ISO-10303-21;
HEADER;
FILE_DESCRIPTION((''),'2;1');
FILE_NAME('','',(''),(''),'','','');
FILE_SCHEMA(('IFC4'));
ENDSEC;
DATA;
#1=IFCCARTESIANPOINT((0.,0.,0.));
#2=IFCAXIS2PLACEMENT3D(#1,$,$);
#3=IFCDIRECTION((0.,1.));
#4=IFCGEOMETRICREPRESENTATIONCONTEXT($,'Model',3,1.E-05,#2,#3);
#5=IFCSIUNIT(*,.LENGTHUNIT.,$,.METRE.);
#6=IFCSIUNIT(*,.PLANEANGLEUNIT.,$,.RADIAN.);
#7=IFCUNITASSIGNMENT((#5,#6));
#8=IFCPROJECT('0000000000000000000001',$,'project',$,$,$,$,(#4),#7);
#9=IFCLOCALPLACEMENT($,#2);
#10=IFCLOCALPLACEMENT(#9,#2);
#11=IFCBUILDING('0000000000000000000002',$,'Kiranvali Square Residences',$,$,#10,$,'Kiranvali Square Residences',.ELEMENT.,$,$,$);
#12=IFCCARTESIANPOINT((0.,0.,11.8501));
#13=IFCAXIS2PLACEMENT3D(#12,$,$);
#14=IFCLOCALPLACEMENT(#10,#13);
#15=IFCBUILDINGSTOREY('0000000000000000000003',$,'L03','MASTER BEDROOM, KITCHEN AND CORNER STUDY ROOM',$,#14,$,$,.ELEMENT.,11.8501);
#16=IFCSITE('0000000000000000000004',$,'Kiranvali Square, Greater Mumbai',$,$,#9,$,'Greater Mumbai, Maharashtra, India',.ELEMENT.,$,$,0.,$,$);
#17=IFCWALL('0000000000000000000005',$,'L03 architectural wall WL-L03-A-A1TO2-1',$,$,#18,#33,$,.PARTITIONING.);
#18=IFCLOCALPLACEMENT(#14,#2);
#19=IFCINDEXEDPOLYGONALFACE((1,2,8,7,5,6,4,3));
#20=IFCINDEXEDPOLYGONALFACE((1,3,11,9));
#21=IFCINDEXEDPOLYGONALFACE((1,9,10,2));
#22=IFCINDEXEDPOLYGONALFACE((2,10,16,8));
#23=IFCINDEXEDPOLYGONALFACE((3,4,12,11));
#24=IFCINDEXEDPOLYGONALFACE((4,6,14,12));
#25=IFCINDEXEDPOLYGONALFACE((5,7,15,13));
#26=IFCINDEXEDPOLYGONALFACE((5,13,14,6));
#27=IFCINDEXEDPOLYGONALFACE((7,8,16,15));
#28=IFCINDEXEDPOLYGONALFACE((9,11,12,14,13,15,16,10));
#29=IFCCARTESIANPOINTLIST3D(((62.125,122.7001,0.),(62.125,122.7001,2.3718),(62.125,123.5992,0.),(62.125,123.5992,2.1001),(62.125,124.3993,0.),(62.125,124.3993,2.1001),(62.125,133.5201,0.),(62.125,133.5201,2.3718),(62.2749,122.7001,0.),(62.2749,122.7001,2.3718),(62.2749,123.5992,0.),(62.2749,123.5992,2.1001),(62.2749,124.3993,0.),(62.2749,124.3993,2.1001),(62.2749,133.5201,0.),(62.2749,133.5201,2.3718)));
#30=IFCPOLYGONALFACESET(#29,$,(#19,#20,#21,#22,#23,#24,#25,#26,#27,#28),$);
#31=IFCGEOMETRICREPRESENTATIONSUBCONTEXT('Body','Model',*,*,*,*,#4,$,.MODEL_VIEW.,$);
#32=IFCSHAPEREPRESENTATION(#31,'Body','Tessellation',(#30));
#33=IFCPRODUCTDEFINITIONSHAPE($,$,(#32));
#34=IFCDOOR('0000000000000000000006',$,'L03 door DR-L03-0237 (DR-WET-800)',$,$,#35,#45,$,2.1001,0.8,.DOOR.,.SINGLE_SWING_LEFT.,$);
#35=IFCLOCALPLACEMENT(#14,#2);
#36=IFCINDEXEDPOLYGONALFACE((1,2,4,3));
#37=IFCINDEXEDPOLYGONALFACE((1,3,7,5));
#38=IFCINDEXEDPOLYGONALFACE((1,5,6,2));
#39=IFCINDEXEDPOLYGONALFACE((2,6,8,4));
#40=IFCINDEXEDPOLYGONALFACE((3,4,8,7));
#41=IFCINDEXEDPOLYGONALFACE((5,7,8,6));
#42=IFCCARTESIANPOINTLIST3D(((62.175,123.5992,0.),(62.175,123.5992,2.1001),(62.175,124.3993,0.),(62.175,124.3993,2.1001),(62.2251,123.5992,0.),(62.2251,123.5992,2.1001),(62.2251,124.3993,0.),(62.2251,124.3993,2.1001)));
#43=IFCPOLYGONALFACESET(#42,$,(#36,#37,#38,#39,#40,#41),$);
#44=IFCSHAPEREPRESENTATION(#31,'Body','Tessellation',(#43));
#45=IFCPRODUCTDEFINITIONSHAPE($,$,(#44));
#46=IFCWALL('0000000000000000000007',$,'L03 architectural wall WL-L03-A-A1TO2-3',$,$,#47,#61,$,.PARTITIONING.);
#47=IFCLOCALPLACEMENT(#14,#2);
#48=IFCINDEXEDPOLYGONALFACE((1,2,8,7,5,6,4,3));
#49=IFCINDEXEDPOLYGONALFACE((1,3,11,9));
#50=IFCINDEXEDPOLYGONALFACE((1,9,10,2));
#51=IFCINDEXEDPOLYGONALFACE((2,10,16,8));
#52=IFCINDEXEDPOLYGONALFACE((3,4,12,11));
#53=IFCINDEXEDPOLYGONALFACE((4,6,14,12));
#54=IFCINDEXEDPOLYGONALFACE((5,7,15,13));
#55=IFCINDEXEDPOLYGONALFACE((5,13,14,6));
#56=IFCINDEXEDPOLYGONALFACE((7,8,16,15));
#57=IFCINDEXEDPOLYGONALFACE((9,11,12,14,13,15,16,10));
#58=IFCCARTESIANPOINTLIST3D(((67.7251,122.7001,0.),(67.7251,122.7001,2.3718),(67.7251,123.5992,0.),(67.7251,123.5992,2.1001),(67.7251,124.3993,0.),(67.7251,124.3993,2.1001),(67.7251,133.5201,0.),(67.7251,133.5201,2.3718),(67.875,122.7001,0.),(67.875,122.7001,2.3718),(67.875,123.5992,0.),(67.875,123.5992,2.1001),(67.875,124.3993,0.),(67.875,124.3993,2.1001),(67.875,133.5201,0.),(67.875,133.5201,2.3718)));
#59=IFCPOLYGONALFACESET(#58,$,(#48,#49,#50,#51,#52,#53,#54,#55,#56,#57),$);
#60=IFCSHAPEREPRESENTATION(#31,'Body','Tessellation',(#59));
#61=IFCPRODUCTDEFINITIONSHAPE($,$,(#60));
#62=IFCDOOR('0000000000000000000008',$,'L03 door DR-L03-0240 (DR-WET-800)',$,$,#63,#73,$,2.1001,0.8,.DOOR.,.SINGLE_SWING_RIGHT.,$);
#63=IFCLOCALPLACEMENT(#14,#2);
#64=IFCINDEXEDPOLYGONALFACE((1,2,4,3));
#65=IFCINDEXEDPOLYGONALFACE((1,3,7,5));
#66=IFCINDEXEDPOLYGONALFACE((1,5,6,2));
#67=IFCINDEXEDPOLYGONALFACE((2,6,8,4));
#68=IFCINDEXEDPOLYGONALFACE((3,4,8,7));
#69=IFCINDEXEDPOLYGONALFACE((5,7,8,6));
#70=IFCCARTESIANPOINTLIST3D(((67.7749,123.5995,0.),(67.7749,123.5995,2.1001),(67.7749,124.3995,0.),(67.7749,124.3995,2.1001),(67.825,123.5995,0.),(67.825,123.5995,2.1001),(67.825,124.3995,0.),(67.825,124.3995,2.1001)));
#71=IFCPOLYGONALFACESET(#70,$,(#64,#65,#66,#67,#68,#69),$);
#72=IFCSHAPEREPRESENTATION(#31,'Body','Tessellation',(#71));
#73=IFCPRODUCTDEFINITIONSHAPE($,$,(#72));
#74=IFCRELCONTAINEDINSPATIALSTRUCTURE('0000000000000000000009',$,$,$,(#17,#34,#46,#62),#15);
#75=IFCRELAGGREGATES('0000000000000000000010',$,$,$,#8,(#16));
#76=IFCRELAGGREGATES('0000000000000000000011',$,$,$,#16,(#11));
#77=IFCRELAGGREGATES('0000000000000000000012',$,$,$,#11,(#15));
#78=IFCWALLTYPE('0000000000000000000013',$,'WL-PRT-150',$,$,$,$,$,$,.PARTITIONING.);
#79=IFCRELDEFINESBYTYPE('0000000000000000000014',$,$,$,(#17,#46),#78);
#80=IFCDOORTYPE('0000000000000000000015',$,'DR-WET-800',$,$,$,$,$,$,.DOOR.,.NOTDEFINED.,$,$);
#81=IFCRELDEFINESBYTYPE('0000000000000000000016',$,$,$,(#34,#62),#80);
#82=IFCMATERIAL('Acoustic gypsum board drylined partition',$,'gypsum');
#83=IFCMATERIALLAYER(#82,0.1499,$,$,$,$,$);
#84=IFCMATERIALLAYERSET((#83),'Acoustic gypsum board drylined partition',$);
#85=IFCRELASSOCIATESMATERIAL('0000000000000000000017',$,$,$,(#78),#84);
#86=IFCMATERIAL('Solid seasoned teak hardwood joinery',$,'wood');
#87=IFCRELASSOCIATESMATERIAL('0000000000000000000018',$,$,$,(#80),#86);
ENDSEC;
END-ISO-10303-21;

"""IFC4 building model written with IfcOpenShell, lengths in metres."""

from ifc_helpers import new_model, si_unit, direction, frame, frame_2d, origin, place, context, subcontext, project, spatial, rectangle, extrude, material, layer, layer_set, type_object, element, fill, save


model = new_model("IFC4")

# Units and contexts
model_context = context("Model", 3, precision=1e-05, world=origin(), true_north=direction((0.0, 1.0)))
body_context = subcontext(model_context, "Body", "Model", "MODEL_VIEW")
ifc_project = project(units=[si_unit("LENGTHUNIT", "METRE"), si_unit("PLANEANGLEUNIT", "RADIAN")], contexts=[model_context])

# Site, building, storey
site_placement = place(None, origin())
site = spatial("IfcSite", under=ifc_project, at=site_placement, Name="Kiranvali Square, Greater Mumbai", LongName="Greater Mumbai, Maharashtra, India", CompositionType="ELEMENT", RefElevation=0.0)
building_placement = place(site_placement, origin())
building = spatial("IfcBuilding", under=site, at=building_placement, Name="Kiranvali Square Residences", LongName="Kiranvali Square Residences", CompositionType="ELEMENT")
storey_placement = place(building_placement, frame((0.0, 0.0, 11.8501)))
storey = spatial("IfcBuildingStorey", under=building, at=storey_placement, Name="L03", Description="MASTER BEDROOM, KITCHEN AND CORNER STUDY ROOM", CompositionType="ELEMENT", Elevation=11.8501)

# Walls, openings, doors
ifc_material_1 = material(Name="Acoustic gypsum board drylined partition", Category="gypsum")
ifc_layer_1 = layer(ifc_material_1, 0.1499)
ifc_layer_set_1 = layer_set([ifc_layer_1], Name="Acoustic gypsum board drylined partition")
wall_type_1 = type_object("IfcWallType", Name="WL-PRT-150", PredefinedType="PARTITIONING", material=ifc_layer_set_1)
wall_1_placement = place(storey_placement, frame((62.2, 122.7, 0.0), z_axis=(0.0, 0.0, 1.0), x_axis=(0.0, 1.0, 0.0)))
wall_1 = element("IfcWall", 1, at=wall_1_placement, inside=storey, type_object=wall_type_1, Name="L03 architectural wall WL-L03-A-A1TO2-1", PredefinedType="PARTITIONING", context=body_context, shape_type="SweptSolid", body=[
    extrude(rectangle(XDim=10.8201, YDim=0.1499, at=frame_2d((5.4102, 0.0))), origin(), (0.0, 0.0, 1.0), 2.3718),
])
opening_1_placement = place(wall_1_placement, frame((0.8994, 0.0, 0.0)))
opening_1 = element("IfcOpeningElement", 2, at=opening_1_placement, cuts=wall_1, PredefinedType="OPENING", context=body_context, shape_type="SweptSolid", body=[
    extrude(rectangle(XDim=0.8, YDim=2.1001, at=frame_2d((0.3999, 1.05))), frame((0.0, 0.085, 0.0), z_axis=(0.0, -1.0, 0.0), x_axis=(1.0, 0.0, 0.0)), (0.0, 0.0, 1.0), 0.1699),
])
ifc_material_2 = material(Name="Solid seasoned teak hardwood joinery", Category="wood")
door_type = type_object("IfcDoorType", Name="DR-WET-800", OperationType="NOTDEFINED", PredefinedType="DOOR", material=ifc_material_2)
door_1_placement = place(opening_1_placement, origin())
door_1 = element("IfcDoor", 3, at=door_1_placement, inside=storey, type_object=door_type, Name="L03 door DR-L03-0237 (DR-WET-800)", OperationType="SINGLE_SWING_LEFT", OverallHeight=2.1001, OverallWidth=0.8, PredefinedType="DOOR", context=body_context, shape_type="SweptSolid", body=[
    extrude(rectangle(XDim=0.8, YDim=2.1001, at=frame_2d((0.3999, 1.05))), frame((0.0, 0.0249, 0.0), z_axis=(0.0, -1.0, 0.0), x_axis=(1.0, 0.0, 0.0)), (0.0, 0.0, 1.0), 0.05),
])
fill(opening_1, door_1)
wall_2_placement = place(storey_placement, frame((67.8, 122.7, 0.0), z_axis=(0.0, 0.0, 1.0), x_axis=(0.0, 1.0, 0.0)))
wall_2 = element("IfcWall", 4, at=wall_2_placement, inside=storey, type_object=wall_type_1, Name="L03 architectural wall WL-L03-A-A1TO2-3", PredefinedType="PARTITIONING", context=body_context, shape_type="SweptSolid", body=[
    extrude(rectangle(XDim=10.8201, YDim=0.1499, at=frame_2d((5.4102, 0.0))), origin(), (0.0, 0.0, 1.0), 2.3718),
])
opening_2_placement = place(wall_2_placement, frame((0.8994, 0.0, 0.0)))
opening_2 = element("IfcOpeningElement", 5, at=opening_2_placement, cuts=wall_2, PredefinedType="OPENING", context=body_context, shape_type="SweptSolid", body=[
    extrude(rectangle(XDim=0.8, YDim=2.1001, at=frame_2d((0.3999, 1.05))), frame((0.0, 0.085, 0.0), z_axis=(0.0, -1.0, 0.0), x_axis=(1.0, 0.0, 0.0)), (0.0, 0.0, 1.0), 0.1699),
])
door_2_placement = place(opening_2_placement, frame((0.8, 0.0, 0.0), z_axis=(0.0, 0.0, 1.0), x_axis=(-1.0, 0.0, 0.0)))
door_2 = element("IfcDoor", 6, at=door_2_placement, inside=storey, type_object=door_type, Name="L03 door DR-L03-0240 (DR-WET-800)", OperationType="SINGLE_SWING_RIGHT", OverallHeight=2.1001, OverallWidth=0.8, PredefinedType="DOOR", context=body_context, shape_type="SweptSolid", body=[
    extrude(rectangle(XDim=0.8, YDim=2.1001, at=frame_2d((0.3999, 1.05))), frame((0.0, 0.0249, 0.0), z_axis=(0.0, -1.0, 0.0), x_axis=(1.0, 0.0, 0.0)), (0.0, 0.0, 1.0), 0.05),
])
fill(opening_2, door_2)

save(model, "model.ifc")
